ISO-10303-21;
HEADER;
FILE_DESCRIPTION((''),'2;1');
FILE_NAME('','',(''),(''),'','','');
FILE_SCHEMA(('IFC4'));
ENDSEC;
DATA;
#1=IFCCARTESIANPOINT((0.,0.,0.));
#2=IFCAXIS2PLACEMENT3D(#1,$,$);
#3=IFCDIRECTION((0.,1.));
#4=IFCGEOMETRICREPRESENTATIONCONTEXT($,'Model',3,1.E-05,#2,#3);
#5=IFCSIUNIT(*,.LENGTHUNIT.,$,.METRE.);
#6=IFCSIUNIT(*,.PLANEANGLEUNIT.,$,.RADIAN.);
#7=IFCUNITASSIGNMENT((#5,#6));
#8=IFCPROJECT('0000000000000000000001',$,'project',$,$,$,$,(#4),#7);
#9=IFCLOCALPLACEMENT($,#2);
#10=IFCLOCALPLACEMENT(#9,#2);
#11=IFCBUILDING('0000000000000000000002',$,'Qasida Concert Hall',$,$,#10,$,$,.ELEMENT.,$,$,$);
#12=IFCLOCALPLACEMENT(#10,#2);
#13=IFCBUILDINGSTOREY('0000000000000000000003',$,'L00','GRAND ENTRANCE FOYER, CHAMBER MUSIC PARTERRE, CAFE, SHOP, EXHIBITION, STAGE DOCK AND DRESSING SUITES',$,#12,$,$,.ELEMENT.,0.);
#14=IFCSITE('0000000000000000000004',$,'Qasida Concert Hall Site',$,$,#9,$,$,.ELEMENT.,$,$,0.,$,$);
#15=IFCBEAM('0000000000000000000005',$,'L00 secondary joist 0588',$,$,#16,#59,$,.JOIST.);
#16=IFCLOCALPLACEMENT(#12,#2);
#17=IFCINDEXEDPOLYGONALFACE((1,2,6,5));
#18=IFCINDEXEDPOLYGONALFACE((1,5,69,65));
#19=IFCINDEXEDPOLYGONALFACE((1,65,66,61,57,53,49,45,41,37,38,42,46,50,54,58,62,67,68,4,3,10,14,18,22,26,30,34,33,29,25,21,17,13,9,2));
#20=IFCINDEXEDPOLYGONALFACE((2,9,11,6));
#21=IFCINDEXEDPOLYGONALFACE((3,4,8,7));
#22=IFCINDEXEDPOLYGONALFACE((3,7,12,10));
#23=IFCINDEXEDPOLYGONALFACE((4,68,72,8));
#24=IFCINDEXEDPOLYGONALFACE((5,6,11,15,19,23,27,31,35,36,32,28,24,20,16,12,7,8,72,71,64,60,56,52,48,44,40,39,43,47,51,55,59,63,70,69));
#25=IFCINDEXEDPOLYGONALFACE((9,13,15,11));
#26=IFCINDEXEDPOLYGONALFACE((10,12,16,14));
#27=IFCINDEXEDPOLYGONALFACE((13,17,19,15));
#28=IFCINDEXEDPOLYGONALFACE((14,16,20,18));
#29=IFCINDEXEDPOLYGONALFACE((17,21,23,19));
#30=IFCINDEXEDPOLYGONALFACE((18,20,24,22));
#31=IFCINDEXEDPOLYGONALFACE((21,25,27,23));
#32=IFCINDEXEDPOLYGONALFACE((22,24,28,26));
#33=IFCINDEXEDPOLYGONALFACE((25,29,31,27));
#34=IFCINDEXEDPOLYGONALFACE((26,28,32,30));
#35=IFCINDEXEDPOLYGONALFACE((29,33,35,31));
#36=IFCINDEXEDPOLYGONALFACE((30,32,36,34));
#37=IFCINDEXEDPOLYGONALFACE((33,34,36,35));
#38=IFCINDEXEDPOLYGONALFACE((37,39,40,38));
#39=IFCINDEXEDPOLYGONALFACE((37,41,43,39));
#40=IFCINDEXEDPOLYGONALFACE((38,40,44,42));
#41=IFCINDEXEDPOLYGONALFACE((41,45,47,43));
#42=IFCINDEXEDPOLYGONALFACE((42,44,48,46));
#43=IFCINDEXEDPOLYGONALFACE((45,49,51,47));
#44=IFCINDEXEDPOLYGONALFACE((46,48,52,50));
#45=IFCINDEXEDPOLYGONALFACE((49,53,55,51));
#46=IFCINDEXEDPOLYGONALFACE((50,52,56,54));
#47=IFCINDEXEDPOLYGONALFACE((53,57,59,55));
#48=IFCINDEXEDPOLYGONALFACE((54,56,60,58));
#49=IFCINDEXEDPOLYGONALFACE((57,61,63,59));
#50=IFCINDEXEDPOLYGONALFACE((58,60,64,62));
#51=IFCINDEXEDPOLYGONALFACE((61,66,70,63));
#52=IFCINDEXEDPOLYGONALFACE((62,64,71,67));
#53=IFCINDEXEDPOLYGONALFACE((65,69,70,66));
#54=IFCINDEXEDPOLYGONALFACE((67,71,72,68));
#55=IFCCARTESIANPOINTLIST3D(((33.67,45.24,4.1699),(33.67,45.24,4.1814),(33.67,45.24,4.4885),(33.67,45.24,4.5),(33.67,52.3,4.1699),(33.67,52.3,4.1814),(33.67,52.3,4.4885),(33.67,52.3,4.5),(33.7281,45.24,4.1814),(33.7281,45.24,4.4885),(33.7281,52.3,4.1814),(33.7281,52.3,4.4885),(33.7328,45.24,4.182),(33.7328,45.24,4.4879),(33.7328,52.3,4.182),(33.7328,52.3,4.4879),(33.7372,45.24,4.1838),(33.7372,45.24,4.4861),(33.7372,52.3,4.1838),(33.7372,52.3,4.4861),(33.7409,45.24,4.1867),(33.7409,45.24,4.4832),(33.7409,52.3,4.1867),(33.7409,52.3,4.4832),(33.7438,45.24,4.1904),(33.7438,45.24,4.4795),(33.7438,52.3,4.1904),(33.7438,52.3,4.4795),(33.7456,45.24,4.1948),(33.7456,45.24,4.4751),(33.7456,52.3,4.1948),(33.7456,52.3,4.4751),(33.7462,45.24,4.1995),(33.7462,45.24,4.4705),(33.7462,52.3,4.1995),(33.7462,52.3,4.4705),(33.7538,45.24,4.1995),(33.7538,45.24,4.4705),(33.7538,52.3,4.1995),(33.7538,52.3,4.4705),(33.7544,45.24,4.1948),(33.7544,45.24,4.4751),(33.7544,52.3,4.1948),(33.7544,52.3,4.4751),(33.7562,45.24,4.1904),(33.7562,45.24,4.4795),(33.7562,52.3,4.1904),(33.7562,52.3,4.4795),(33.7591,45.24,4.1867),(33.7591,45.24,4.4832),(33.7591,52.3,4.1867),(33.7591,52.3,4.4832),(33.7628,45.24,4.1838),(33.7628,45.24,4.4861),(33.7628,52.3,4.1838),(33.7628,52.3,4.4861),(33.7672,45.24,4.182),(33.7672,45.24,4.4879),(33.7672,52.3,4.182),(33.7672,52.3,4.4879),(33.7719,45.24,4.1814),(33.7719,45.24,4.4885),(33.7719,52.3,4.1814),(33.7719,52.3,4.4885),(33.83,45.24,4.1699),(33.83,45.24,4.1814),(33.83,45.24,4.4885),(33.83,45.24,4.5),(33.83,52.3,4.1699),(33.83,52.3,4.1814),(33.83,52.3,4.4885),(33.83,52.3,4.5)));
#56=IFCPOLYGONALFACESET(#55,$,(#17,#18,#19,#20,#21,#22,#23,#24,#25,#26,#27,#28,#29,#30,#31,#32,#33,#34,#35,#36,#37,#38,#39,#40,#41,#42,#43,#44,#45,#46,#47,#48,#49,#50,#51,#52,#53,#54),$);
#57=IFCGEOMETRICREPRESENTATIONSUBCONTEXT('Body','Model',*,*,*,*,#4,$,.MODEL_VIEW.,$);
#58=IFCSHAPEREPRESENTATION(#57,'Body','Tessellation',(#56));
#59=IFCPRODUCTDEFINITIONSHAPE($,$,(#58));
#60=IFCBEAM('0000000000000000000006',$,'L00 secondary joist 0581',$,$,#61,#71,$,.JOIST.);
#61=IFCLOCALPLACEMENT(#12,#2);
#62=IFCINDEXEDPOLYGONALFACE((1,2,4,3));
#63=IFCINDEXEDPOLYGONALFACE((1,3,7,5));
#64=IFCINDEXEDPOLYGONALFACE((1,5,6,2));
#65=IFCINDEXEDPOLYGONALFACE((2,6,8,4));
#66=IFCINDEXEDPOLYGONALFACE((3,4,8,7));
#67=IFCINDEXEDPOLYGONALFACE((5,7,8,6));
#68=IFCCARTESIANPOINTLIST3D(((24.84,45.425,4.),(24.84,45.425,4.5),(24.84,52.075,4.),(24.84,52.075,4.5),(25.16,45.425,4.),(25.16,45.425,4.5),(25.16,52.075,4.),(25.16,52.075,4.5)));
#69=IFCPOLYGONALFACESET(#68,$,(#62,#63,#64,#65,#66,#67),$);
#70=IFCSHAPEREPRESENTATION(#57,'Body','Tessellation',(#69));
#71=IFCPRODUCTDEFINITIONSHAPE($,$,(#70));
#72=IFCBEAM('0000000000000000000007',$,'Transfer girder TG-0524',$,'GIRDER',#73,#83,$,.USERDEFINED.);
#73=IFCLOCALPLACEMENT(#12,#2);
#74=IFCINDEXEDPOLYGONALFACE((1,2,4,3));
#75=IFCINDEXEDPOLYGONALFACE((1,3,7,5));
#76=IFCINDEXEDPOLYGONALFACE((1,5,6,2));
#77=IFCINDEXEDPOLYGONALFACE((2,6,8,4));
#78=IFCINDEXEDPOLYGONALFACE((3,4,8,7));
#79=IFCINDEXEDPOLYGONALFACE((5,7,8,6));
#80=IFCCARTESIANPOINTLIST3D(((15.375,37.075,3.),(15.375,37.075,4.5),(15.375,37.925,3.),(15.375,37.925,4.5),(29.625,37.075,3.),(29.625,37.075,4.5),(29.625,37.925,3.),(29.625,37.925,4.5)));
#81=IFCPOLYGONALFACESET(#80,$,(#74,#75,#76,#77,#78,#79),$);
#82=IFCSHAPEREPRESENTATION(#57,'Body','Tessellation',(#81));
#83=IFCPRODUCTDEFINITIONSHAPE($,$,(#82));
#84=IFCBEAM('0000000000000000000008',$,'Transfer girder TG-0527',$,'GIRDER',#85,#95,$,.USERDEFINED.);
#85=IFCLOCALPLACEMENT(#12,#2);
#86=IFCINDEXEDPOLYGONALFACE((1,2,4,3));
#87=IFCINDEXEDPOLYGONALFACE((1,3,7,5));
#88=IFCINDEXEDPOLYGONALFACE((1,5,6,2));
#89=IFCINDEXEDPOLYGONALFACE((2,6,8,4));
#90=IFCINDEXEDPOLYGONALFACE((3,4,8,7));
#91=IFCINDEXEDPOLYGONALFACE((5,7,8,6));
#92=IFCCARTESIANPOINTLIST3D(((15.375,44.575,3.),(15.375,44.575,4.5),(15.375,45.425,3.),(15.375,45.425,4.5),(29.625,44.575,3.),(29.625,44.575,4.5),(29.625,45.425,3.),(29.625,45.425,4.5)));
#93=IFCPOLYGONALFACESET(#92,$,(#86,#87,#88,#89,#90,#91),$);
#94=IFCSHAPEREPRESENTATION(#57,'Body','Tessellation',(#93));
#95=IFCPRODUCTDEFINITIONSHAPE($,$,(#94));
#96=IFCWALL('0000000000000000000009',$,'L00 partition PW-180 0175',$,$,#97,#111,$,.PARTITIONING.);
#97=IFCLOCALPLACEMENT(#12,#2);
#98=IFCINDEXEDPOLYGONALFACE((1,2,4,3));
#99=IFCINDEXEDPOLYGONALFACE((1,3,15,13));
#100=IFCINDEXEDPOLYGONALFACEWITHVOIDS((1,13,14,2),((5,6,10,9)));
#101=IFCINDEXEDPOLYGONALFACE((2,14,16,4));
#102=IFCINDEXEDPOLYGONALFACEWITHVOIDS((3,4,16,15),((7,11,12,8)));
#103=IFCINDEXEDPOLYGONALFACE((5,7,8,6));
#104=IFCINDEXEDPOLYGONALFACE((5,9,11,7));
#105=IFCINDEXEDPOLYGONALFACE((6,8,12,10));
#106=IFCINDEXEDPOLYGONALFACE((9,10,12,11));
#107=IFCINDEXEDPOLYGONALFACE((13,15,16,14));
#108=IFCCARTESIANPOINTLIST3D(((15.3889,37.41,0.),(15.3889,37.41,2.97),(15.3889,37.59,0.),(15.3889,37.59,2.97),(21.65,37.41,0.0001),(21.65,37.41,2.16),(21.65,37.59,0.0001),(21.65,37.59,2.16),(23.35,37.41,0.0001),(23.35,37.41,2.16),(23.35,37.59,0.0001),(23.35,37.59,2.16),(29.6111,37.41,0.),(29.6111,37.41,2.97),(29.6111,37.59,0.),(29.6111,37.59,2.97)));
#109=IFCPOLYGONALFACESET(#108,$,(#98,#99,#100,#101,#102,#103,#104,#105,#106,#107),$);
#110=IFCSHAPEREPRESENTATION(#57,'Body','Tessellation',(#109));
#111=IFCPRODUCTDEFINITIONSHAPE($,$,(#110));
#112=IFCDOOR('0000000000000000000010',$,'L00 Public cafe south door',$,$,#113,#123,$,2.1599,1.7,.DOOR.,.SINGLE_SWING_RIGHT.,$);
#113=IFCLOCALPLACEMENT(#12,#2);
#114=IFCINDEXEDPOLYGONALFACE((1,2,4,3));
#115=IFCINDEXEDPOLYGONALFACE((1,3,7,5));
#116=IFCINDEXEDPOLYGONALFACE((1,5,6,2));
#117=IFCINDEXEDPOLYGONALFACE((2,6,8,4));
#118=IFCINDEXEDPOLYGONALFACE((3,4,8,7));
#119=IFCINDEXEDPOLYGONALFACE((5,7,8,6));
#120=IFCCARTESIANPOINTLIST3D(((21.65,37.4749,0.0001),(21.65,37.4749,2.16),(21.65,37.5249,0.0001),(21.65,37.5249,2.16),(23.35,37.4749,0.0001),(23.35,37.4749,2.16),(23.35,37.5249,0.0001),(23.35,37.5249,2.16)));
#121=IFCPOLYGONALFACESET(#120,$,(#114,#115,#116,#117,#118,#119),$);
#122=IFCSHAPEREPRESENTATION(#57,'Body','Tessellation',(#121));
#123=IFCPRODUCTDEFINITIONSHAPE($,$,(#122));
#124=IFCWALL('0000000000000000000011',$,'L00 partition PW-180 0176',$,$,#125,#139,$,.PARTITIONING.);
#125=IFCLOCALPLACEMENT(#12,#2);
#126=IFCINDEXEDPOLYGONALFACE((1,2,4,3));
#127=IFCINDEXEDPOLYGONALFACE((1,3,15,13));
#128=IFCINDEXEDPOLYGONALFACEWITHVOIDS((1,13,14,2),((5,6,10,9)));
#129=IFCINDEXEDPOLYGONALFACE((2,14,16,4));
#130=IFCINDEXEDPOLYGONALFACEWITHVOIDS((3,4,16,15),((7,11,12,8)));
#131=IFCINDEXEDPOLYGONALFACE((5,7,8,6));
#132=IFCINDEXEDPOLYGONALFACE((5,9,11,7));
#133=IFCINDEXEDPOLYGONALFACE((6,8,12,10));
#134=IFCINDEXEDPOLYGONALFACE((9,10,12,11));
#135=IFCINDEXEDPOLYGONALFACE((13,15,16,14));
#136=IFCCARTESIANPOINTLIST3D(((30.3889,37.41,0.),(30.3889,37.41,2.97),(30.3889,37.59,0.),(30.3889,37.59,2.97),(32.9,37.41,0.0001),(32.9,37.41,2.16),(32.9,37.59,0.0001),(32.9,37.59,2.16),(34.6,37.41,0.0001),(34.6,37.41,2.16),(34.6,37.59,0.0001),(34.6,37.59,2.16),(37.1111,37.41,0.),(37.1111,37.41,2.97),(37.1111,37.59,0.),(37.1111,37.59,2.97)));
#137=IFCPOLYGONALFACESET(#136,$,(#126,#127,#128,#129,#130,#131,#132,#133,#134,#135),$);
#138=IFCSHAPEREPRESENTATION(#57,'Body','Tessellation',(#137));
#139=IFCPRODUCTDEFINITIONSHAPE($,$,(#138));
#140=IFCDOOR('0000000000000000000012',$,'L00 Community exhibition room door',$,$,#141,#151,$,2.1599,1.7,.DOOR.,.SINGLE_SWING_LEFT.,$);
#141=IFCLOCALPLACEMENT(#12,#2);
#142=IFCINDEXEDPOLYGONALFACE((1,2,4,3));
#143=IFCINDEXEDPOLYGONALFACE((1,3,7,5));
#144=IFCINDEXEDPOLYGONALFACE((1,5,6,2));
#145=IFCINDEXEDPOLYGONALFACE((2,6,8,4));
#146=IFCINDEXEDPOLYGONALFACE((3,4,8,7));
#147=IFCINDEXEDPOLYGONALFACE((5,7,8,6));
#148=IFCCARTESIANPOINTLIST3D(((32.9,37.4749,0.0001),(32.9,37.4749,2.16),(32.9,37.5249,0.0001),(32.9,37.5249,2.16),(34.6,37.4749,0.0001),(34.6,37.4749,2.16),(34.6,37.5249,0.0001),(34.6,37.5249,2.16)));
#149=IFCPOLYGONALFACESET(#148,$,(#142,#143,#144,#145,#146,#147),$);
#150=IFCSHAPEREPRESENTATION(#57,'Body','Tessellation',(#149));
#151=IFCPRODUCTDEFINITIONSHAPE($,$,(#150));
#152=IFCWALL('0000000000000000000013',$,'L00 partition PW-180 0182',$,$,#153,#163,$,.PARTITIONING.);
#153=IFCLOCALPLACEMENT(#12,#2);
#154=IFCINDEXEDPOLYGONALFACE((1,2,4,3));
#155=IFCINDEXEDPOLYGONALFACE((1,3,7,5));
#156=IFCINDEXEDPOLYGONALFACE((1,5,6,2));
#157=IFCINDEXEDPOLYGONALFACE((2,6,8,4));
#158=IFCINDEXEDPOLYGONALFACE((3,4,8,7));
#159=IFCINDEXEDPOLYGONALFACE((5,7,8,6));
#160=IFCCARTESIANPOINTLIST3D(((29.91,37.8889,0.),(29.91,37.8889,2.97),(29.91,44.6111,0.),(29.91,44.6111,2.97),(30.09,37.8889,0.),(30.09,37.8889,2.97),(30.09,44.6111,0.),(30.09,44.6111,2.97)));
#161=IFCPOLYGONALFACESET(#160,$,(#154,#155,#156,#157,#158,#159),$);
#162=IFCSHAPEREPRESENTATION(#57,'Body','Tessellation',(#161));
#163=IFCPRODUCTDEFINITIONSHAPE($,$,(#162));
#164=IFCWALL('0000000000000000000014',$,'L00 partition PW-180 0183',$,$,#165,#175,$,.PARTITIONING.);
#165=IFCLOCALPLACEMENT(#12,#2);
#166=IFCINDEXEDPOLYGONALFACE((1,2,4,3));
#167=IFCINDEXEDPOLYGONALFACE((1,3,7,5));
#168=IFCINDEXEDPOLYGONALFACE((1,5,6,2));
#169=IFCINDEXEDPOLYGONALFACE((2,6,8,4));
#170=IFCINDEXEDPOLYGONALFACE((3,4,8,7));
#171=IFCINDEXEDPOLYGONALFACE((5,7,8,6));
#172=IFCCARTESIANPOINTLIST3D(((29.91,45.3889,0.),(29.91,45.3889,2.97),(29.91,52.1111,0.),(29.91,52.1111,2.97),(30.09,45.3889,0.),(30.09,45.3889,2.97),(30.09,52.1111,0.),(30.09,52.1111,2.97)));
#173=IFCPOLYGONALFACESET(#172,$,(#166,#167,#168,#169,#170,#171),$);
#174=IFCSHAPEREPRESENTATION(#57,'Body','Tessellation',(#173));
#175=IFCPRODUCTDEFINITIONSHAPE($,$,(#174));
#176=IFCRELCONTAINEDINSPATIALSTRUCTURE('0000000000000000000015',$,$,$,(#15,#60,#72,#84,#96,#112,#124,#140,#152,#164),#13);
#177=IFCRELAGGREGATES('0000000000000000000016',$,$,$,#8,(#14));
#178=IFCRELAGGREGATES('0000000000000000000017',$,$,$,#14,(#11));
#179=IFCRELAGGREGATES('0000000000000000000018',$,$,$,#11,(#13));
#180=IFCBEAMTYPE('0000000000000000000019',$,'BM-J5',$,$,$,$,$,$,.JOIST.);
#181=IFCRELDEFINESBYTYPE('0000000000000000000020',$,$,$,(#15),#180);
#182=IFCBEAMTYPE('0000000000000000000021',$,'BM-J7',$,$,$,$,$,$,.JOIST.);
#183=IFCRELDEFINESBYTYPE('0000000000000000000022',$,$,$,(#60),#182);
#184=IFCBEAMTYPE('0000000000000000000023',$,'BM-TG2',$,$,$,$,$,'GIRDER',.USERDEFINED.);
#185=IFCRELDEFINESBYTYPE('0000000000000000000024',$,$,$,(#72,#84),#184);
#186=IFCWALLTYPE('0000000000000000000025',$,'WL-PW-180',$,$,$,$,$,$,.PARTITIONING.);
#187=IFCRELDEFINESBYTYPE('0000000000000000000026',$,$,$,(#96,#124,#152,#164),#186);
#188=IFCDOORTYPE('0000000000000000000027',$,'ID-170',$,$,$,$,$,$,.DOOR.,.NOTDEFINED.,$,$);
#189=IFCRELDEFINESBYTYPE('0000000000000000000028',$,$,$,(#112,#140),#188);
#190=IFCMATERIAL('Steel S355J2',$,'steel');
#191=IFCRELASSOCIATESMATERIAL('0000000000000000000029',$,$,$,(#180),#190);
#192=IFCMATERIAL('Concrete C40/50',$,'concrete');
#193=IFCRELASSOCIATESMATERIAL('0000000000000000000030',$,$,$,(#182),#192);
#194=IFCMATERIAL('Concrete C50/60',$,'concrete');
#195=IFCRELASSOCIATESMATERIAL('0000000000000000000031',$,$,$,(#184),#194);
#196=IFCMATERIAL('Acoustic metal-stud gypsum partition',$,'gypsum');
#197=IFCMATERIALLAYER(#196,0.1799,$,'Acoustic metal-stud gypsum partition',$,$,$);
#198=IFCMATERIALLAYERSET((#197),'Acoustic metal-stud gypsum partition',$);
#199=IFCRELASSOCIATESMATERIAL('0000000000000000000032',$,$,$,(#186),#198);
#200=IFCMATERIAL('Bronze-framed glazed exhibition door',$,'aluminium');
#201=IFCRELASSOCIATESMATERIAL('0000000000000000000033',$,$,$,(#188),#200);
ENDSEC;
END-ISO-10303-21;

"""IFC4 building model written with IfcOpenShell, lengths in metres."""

from ifc_helpers import new_model, si_unit, direction, frame, frame_2d, origin, origin_2d, place, context, subcontext, project, spatial, rectangle, i_section, extrude, material, layer, layer_set, material_profile, profile_set, type_object, element, fill, save


model = new_model("IFC4")

# Units and contexts
model_context = context("Model", 3, precision=1e-05, world=origin(), true_north=direction((0.0, 1.0)))
body_context = subcontext(model_context, "Body", "Model", "MODEL_VIEW")
ifc_project = project(units=[si_unit("LENGTHUNIT", "METRE"), si_unit("PLANEANGLEUNIT", "RADIAN")], contexts=[model_context])

# Site, building, storey
site_placement = place(None, origin())
site = spatial("IfcSite", under=ifc_project, at=site_placement, Name="Qasida Concert Hall Site", CompositionType="ELEMENT", RefElevation=0.0)
building_placement = place(site_placement, origin())
building = spatial("IfcBuilding", under=site, at=building_placement, Name="Qasida Concert Hall", CompositionType="ELEMENT")
storey_placement = place(building_placement, origin())
storey = spatial("IfcBuildingStorey", under=building, at=storey_placement, Name="L00", Description="GRAND ENTRANCE FOYER, CHAMBER MUSIC PARTERRE, CAFE, SHOP, EXHIBITION, STAGE DOCK AND DRESSING SUITES", CompositionType="ELEMENT", Elevation=0.0)

# Shared definitions
ifc_material_1 = material(Name="Concrete C50/60", Category="concrete")

# Beams
ifc_material_2 = material(Name="Concrete C40/50", Category="concrete")
ifc_material_3 = material(Name="Steel S355J2", Category="steel")
ifc_material_profile_1 = material_profile(ifc_material_3, i_section(OverallWidth=0.1599, OverallDepth=0.3301, WebThickness=0.0076, FlangeThickness=0.0115, FilletRadius=0.0181, at=origin_2d()), Name="IPE 330")
ifc_profile_set_1 = profile_set([ifc_material_profile_1], Name="Steel S355J2")
beam_type_1 = type_object("IfcBeamType", Name="BM-J5", PredefinedType="JOIST", material=ifc_profile_set_1)
beam_1_placement = place(storey_placement, frame((33.75, 45.24, 4.335), z_axis=(0.0, 1.0, 0.0), x_axis=(-1.0, 0.0, 0.0)))
element("IfcBeam", 1, at=beam_1_placement, inside=storey, type_object=beam_type_1, Name="L00 secondary joist 0588", PredefinedType="JOIST", context=body_context, shape_type="SweptSolid", body=[
    extrude(i_section(OverallWidth=0.1599, OverallDepth=0.3301, WebThickness=0.0076, FlangeThickness=0.0115, FilletRadius=0.0181, at=origin_2d()), origin(), (0.0, 0.0, 1.0), 7.0601),
])
ifc_material_profile_2 = material_profile(ifc_material_2, rectangle(XDim=0.3201, YDim=0.5, at=origin_2d()), Name="RC 320x500")
ifc_profile_set_2 = profile_set([ifc_material_profile_2], Name="Concrete C40/50")
beam_type_2 = type_object("IfcBeamType", Name="BM-J7", PredefinedType="JOIST", material=ifc_profile_set_2)
beam_2_placement = place(storey_placement, frame((25.0, 45.425, 4.25), z_axis=(0.0, 1.0, 0.0), x_axis=(-1.0, 0.0, 0.0)))
element("IfcBeam", 2, at=beam_2_placement, inside=storey, type_object=beam_type_2, Name="L00 secondary joist 0581", PredefinedType="JOIST", context=body_context, shape_type="SweptSolid", body=[
    extrude(rectangle(XDim=0.3201, YDim=0.5, at=origin_2d()), origin(), (0.0, 0.0, 1.0), 6.6499),
])
ifc_material_profile_3 = material_profile(ifc_material_1, rectangle(XDim=0.8501, YDim=1.5, at=origin_2d()), Name="RC 850x1500")
ifc_profile_set_3 = profile_set([ifc_material_profile_3], Name="Concrete C50/60")
beam_type_3 = type_object("IfcBeamType", Name="BM-TG2", ElementType="GIRDER", PredefinedType="USERDEFINED", material=ifc_profile_set_3)
for number, where, z_axis, x_axis, name in (
    (3, (15.375, 37.5, 3.75), (1.0, 0.0, 0.0), (0.0, 1.0, 0.0), "Transfer girder TG-0524"),
    (4, (15.375, 45.0, 3.75), (1.0, 0.0, 0.0), (0.0, 1.0, 0.0), "Transfer girder TG-0527"),
):
    element("IfcBeam", number, at=place(storey_placement, frame(where, z_axis=z_axis, x_axis=x_axis)), inside=storey, type_object=beam_type_3, Name=name, ObjectType="GIRDER", PredefinedType="USERDEFINED", context=body_context, shape_type="SweptSolid", body=[
        extrude(rectangle(XDim=0.8501, YDim=1.5, at=origin_2d()), origin(), (0.0, 0.0, 1.0), 14.25),
    ])

# Walls, openings, doors
ifc_material_4 = material(Name="Acoustic metal-stud gypsum partition", Category="gypsum")
ifc_layer_1 = layer(ifc_material_4, 0.1799, Name="Acoustic metal-stud gypsum partition")
ifc_layer_set_1 = layer_set([ifc_layer_1], Name="Acoustic metal-stud gypsum partition")
wall_type_1 = type_object("IfcWallType", Name="WL-PW-180", PredefinedType="PARTITIONING", material=ifc_layer_set_1)
wall_1_placement = place(storey_placement, frame((15.3889, 37.5, 0.0), z_axis=(0.0, 0.0, 1.0), x_axis=(1.0, 0.0, 0.0)))
wall_1 = element("IfcWall", 5, at=wall_1_placement, inside=storey, type_object=wall_type_1, Name="L00 partition PW-180 0175", PredefinedType="PARTITIONING", context=body_context, shape_type="SweptSolid", body=[
    extrude(rectangle(XDim=14.2222, YDim=0.1799, at=frame_2d((7.1111, 0.0))), origin(), (0.0, 0.0, 1.0), 2.97),
])
opening_1_placement = place(wall_1_placement, frame((6.261, 0.0, 0.0)))
opening_1 = element("IfcOpeningElement", 6, at=opening_1_placement, cuts=wall_1, PredefinedType="OPENING", context=body_context, shape_type="SweptSolid", body=[
    extrude(rectangle(XDim=1.7, YDim=2.1599, at=frame_2d((0.8501, 1.0801))), frame((0.0, 0.0999, 0.0), z_axis=(0.0, -1.0, 0.0), x_axis=(1.0, 0.0, 0.0)), (0.0, 0.0, 1.0), 0.2),
])
ifc_material_5 = material(Name="Bronze-framed glazed exhibition door", Category="aluminium")
door_type = type_object("IfcDoorType", Name="ID-170", OperationType="NOTDEFINED", PredefinedType="DOOR", material=ifc_material_5)
door_1_placement = place(opening_1_placement, origin())
door_1 = element("IfcDoor", 7, at=door_1_placement, inside=storey, type_object=door_type, Name="L00 Public cafe south door", OperationType="SINGLE_SWING_RIGHT", OverallHeight=2.1599, OverallWidth=1.7, PredefinedType="DOOR", context=body_context, shape_type="SweptSolid", body=[
    extrude(rectangle(XDim=1.7, YDim=2.1599, at=frame_2d((0.8501, 1.0801))), frame((0.0, 0.0249, 0.0), z_axis=(0.0, -1.0, 0.0), x_axis=(1.0, 0.0, 0.0)), (0.0, 0.0, 1.0), 0.05),
])
fill(opening_1, door_1)
wall_2_placement = place(storey_placement, frame((30.3889, 37.5, 0.0), z_axis=(0.0, 0.0, 1.0), x_axis=(1.0, 0.0, 0.0)))
wall_2 = element("IfcWall", 8, at=wall_2_placement, inside=storey, type_object=wall_type_1, Name="L00 partition PW-180 0176", PredefinedType="PARTITIONING", context=body_context, shape_type="SweptSolid", body=[
    extrude(rectangle(XDim=6.7222, YDim=0.1799, at=frame_2d((3.3611, 0.0))), origin(), (0.0, 0.0, 1.0), 2.97),
])
opening_2_placement = place(wall_2_placement, frame((2.511, 0.0, 0.0)))
opening_2 = element("IfcOpeningElement", 9, at=opening_2_placement, cuts=wall_2, PredefinedType="OPENING", context=body_context, shape_type="SweptSolid", body=[
    extrude(rectangle(XDim=1.7, YDim=2.1599, at=frame_2d((0.8501, 1.0801))), frame((0.0, 0.0999, 0.0), z_axis=(0.0, -1.0, 0.0), x_axis=(1.0, 0.0, 0.0)), (0.0, 0.0, 1.0), 0.2),
])
door_2_placement = place(opening_2_placement, origin())
door_2 = element("IfcDoor", 10, at=door_2_placement, inside=storey, type_object=door_type, Name="L00 Community exhibition room door", OperationType="SINGLE_SWING_LEFT", OverallHeight=2.1599, OverallWidth=1.7, PredefinedType="DOOR", context=body_context, shape_type="SweptSolid", body=[
    extrude(rectangle(XDim=1.7, YDim=2.1599, at=frame_2d((0.8501, 1.0801))), frame((0.0, 0.0249, 0.0), z_axis=(0.0, -1.0, 0.0), x_axis=(1.0, 0.0, 0.0)), (0.0, 0.0, 1.0), 0.05),
])
fill(opening_2, door_2)

# Walls
for number, where, z_axis, x_axis, name in (
    (11, (30.0, 37.8889, 0.0), (0.0, 0.0, 1.0), (0.0, 1.0, 0.0), "L00 partition PW-180 0182"),
    (12, (30.0, 45.3889, 0.0), (0.0, 0.0, 1.0), (0.0, 1.0, 0.0), "L00 partition PW-180 0183"),
):
    element("IfcWall", number, at=place(storey_placement, frame(where, z_axis=z_axis, x_axis=x_axis)), inside=storey, type_object=wall_type_1, Name=name, PredefinedType="PARTITIONING", context=body_context, shape_type="SweptSolid", body=[
        extrude(rectangle(XDim=6.7222, YDim=0.1799, at=frame_2d((3.3611, 0.0))), origin(), (0.0, 0.0, 1.0), 2.97),
    ])

save(model, "model.ifc")
